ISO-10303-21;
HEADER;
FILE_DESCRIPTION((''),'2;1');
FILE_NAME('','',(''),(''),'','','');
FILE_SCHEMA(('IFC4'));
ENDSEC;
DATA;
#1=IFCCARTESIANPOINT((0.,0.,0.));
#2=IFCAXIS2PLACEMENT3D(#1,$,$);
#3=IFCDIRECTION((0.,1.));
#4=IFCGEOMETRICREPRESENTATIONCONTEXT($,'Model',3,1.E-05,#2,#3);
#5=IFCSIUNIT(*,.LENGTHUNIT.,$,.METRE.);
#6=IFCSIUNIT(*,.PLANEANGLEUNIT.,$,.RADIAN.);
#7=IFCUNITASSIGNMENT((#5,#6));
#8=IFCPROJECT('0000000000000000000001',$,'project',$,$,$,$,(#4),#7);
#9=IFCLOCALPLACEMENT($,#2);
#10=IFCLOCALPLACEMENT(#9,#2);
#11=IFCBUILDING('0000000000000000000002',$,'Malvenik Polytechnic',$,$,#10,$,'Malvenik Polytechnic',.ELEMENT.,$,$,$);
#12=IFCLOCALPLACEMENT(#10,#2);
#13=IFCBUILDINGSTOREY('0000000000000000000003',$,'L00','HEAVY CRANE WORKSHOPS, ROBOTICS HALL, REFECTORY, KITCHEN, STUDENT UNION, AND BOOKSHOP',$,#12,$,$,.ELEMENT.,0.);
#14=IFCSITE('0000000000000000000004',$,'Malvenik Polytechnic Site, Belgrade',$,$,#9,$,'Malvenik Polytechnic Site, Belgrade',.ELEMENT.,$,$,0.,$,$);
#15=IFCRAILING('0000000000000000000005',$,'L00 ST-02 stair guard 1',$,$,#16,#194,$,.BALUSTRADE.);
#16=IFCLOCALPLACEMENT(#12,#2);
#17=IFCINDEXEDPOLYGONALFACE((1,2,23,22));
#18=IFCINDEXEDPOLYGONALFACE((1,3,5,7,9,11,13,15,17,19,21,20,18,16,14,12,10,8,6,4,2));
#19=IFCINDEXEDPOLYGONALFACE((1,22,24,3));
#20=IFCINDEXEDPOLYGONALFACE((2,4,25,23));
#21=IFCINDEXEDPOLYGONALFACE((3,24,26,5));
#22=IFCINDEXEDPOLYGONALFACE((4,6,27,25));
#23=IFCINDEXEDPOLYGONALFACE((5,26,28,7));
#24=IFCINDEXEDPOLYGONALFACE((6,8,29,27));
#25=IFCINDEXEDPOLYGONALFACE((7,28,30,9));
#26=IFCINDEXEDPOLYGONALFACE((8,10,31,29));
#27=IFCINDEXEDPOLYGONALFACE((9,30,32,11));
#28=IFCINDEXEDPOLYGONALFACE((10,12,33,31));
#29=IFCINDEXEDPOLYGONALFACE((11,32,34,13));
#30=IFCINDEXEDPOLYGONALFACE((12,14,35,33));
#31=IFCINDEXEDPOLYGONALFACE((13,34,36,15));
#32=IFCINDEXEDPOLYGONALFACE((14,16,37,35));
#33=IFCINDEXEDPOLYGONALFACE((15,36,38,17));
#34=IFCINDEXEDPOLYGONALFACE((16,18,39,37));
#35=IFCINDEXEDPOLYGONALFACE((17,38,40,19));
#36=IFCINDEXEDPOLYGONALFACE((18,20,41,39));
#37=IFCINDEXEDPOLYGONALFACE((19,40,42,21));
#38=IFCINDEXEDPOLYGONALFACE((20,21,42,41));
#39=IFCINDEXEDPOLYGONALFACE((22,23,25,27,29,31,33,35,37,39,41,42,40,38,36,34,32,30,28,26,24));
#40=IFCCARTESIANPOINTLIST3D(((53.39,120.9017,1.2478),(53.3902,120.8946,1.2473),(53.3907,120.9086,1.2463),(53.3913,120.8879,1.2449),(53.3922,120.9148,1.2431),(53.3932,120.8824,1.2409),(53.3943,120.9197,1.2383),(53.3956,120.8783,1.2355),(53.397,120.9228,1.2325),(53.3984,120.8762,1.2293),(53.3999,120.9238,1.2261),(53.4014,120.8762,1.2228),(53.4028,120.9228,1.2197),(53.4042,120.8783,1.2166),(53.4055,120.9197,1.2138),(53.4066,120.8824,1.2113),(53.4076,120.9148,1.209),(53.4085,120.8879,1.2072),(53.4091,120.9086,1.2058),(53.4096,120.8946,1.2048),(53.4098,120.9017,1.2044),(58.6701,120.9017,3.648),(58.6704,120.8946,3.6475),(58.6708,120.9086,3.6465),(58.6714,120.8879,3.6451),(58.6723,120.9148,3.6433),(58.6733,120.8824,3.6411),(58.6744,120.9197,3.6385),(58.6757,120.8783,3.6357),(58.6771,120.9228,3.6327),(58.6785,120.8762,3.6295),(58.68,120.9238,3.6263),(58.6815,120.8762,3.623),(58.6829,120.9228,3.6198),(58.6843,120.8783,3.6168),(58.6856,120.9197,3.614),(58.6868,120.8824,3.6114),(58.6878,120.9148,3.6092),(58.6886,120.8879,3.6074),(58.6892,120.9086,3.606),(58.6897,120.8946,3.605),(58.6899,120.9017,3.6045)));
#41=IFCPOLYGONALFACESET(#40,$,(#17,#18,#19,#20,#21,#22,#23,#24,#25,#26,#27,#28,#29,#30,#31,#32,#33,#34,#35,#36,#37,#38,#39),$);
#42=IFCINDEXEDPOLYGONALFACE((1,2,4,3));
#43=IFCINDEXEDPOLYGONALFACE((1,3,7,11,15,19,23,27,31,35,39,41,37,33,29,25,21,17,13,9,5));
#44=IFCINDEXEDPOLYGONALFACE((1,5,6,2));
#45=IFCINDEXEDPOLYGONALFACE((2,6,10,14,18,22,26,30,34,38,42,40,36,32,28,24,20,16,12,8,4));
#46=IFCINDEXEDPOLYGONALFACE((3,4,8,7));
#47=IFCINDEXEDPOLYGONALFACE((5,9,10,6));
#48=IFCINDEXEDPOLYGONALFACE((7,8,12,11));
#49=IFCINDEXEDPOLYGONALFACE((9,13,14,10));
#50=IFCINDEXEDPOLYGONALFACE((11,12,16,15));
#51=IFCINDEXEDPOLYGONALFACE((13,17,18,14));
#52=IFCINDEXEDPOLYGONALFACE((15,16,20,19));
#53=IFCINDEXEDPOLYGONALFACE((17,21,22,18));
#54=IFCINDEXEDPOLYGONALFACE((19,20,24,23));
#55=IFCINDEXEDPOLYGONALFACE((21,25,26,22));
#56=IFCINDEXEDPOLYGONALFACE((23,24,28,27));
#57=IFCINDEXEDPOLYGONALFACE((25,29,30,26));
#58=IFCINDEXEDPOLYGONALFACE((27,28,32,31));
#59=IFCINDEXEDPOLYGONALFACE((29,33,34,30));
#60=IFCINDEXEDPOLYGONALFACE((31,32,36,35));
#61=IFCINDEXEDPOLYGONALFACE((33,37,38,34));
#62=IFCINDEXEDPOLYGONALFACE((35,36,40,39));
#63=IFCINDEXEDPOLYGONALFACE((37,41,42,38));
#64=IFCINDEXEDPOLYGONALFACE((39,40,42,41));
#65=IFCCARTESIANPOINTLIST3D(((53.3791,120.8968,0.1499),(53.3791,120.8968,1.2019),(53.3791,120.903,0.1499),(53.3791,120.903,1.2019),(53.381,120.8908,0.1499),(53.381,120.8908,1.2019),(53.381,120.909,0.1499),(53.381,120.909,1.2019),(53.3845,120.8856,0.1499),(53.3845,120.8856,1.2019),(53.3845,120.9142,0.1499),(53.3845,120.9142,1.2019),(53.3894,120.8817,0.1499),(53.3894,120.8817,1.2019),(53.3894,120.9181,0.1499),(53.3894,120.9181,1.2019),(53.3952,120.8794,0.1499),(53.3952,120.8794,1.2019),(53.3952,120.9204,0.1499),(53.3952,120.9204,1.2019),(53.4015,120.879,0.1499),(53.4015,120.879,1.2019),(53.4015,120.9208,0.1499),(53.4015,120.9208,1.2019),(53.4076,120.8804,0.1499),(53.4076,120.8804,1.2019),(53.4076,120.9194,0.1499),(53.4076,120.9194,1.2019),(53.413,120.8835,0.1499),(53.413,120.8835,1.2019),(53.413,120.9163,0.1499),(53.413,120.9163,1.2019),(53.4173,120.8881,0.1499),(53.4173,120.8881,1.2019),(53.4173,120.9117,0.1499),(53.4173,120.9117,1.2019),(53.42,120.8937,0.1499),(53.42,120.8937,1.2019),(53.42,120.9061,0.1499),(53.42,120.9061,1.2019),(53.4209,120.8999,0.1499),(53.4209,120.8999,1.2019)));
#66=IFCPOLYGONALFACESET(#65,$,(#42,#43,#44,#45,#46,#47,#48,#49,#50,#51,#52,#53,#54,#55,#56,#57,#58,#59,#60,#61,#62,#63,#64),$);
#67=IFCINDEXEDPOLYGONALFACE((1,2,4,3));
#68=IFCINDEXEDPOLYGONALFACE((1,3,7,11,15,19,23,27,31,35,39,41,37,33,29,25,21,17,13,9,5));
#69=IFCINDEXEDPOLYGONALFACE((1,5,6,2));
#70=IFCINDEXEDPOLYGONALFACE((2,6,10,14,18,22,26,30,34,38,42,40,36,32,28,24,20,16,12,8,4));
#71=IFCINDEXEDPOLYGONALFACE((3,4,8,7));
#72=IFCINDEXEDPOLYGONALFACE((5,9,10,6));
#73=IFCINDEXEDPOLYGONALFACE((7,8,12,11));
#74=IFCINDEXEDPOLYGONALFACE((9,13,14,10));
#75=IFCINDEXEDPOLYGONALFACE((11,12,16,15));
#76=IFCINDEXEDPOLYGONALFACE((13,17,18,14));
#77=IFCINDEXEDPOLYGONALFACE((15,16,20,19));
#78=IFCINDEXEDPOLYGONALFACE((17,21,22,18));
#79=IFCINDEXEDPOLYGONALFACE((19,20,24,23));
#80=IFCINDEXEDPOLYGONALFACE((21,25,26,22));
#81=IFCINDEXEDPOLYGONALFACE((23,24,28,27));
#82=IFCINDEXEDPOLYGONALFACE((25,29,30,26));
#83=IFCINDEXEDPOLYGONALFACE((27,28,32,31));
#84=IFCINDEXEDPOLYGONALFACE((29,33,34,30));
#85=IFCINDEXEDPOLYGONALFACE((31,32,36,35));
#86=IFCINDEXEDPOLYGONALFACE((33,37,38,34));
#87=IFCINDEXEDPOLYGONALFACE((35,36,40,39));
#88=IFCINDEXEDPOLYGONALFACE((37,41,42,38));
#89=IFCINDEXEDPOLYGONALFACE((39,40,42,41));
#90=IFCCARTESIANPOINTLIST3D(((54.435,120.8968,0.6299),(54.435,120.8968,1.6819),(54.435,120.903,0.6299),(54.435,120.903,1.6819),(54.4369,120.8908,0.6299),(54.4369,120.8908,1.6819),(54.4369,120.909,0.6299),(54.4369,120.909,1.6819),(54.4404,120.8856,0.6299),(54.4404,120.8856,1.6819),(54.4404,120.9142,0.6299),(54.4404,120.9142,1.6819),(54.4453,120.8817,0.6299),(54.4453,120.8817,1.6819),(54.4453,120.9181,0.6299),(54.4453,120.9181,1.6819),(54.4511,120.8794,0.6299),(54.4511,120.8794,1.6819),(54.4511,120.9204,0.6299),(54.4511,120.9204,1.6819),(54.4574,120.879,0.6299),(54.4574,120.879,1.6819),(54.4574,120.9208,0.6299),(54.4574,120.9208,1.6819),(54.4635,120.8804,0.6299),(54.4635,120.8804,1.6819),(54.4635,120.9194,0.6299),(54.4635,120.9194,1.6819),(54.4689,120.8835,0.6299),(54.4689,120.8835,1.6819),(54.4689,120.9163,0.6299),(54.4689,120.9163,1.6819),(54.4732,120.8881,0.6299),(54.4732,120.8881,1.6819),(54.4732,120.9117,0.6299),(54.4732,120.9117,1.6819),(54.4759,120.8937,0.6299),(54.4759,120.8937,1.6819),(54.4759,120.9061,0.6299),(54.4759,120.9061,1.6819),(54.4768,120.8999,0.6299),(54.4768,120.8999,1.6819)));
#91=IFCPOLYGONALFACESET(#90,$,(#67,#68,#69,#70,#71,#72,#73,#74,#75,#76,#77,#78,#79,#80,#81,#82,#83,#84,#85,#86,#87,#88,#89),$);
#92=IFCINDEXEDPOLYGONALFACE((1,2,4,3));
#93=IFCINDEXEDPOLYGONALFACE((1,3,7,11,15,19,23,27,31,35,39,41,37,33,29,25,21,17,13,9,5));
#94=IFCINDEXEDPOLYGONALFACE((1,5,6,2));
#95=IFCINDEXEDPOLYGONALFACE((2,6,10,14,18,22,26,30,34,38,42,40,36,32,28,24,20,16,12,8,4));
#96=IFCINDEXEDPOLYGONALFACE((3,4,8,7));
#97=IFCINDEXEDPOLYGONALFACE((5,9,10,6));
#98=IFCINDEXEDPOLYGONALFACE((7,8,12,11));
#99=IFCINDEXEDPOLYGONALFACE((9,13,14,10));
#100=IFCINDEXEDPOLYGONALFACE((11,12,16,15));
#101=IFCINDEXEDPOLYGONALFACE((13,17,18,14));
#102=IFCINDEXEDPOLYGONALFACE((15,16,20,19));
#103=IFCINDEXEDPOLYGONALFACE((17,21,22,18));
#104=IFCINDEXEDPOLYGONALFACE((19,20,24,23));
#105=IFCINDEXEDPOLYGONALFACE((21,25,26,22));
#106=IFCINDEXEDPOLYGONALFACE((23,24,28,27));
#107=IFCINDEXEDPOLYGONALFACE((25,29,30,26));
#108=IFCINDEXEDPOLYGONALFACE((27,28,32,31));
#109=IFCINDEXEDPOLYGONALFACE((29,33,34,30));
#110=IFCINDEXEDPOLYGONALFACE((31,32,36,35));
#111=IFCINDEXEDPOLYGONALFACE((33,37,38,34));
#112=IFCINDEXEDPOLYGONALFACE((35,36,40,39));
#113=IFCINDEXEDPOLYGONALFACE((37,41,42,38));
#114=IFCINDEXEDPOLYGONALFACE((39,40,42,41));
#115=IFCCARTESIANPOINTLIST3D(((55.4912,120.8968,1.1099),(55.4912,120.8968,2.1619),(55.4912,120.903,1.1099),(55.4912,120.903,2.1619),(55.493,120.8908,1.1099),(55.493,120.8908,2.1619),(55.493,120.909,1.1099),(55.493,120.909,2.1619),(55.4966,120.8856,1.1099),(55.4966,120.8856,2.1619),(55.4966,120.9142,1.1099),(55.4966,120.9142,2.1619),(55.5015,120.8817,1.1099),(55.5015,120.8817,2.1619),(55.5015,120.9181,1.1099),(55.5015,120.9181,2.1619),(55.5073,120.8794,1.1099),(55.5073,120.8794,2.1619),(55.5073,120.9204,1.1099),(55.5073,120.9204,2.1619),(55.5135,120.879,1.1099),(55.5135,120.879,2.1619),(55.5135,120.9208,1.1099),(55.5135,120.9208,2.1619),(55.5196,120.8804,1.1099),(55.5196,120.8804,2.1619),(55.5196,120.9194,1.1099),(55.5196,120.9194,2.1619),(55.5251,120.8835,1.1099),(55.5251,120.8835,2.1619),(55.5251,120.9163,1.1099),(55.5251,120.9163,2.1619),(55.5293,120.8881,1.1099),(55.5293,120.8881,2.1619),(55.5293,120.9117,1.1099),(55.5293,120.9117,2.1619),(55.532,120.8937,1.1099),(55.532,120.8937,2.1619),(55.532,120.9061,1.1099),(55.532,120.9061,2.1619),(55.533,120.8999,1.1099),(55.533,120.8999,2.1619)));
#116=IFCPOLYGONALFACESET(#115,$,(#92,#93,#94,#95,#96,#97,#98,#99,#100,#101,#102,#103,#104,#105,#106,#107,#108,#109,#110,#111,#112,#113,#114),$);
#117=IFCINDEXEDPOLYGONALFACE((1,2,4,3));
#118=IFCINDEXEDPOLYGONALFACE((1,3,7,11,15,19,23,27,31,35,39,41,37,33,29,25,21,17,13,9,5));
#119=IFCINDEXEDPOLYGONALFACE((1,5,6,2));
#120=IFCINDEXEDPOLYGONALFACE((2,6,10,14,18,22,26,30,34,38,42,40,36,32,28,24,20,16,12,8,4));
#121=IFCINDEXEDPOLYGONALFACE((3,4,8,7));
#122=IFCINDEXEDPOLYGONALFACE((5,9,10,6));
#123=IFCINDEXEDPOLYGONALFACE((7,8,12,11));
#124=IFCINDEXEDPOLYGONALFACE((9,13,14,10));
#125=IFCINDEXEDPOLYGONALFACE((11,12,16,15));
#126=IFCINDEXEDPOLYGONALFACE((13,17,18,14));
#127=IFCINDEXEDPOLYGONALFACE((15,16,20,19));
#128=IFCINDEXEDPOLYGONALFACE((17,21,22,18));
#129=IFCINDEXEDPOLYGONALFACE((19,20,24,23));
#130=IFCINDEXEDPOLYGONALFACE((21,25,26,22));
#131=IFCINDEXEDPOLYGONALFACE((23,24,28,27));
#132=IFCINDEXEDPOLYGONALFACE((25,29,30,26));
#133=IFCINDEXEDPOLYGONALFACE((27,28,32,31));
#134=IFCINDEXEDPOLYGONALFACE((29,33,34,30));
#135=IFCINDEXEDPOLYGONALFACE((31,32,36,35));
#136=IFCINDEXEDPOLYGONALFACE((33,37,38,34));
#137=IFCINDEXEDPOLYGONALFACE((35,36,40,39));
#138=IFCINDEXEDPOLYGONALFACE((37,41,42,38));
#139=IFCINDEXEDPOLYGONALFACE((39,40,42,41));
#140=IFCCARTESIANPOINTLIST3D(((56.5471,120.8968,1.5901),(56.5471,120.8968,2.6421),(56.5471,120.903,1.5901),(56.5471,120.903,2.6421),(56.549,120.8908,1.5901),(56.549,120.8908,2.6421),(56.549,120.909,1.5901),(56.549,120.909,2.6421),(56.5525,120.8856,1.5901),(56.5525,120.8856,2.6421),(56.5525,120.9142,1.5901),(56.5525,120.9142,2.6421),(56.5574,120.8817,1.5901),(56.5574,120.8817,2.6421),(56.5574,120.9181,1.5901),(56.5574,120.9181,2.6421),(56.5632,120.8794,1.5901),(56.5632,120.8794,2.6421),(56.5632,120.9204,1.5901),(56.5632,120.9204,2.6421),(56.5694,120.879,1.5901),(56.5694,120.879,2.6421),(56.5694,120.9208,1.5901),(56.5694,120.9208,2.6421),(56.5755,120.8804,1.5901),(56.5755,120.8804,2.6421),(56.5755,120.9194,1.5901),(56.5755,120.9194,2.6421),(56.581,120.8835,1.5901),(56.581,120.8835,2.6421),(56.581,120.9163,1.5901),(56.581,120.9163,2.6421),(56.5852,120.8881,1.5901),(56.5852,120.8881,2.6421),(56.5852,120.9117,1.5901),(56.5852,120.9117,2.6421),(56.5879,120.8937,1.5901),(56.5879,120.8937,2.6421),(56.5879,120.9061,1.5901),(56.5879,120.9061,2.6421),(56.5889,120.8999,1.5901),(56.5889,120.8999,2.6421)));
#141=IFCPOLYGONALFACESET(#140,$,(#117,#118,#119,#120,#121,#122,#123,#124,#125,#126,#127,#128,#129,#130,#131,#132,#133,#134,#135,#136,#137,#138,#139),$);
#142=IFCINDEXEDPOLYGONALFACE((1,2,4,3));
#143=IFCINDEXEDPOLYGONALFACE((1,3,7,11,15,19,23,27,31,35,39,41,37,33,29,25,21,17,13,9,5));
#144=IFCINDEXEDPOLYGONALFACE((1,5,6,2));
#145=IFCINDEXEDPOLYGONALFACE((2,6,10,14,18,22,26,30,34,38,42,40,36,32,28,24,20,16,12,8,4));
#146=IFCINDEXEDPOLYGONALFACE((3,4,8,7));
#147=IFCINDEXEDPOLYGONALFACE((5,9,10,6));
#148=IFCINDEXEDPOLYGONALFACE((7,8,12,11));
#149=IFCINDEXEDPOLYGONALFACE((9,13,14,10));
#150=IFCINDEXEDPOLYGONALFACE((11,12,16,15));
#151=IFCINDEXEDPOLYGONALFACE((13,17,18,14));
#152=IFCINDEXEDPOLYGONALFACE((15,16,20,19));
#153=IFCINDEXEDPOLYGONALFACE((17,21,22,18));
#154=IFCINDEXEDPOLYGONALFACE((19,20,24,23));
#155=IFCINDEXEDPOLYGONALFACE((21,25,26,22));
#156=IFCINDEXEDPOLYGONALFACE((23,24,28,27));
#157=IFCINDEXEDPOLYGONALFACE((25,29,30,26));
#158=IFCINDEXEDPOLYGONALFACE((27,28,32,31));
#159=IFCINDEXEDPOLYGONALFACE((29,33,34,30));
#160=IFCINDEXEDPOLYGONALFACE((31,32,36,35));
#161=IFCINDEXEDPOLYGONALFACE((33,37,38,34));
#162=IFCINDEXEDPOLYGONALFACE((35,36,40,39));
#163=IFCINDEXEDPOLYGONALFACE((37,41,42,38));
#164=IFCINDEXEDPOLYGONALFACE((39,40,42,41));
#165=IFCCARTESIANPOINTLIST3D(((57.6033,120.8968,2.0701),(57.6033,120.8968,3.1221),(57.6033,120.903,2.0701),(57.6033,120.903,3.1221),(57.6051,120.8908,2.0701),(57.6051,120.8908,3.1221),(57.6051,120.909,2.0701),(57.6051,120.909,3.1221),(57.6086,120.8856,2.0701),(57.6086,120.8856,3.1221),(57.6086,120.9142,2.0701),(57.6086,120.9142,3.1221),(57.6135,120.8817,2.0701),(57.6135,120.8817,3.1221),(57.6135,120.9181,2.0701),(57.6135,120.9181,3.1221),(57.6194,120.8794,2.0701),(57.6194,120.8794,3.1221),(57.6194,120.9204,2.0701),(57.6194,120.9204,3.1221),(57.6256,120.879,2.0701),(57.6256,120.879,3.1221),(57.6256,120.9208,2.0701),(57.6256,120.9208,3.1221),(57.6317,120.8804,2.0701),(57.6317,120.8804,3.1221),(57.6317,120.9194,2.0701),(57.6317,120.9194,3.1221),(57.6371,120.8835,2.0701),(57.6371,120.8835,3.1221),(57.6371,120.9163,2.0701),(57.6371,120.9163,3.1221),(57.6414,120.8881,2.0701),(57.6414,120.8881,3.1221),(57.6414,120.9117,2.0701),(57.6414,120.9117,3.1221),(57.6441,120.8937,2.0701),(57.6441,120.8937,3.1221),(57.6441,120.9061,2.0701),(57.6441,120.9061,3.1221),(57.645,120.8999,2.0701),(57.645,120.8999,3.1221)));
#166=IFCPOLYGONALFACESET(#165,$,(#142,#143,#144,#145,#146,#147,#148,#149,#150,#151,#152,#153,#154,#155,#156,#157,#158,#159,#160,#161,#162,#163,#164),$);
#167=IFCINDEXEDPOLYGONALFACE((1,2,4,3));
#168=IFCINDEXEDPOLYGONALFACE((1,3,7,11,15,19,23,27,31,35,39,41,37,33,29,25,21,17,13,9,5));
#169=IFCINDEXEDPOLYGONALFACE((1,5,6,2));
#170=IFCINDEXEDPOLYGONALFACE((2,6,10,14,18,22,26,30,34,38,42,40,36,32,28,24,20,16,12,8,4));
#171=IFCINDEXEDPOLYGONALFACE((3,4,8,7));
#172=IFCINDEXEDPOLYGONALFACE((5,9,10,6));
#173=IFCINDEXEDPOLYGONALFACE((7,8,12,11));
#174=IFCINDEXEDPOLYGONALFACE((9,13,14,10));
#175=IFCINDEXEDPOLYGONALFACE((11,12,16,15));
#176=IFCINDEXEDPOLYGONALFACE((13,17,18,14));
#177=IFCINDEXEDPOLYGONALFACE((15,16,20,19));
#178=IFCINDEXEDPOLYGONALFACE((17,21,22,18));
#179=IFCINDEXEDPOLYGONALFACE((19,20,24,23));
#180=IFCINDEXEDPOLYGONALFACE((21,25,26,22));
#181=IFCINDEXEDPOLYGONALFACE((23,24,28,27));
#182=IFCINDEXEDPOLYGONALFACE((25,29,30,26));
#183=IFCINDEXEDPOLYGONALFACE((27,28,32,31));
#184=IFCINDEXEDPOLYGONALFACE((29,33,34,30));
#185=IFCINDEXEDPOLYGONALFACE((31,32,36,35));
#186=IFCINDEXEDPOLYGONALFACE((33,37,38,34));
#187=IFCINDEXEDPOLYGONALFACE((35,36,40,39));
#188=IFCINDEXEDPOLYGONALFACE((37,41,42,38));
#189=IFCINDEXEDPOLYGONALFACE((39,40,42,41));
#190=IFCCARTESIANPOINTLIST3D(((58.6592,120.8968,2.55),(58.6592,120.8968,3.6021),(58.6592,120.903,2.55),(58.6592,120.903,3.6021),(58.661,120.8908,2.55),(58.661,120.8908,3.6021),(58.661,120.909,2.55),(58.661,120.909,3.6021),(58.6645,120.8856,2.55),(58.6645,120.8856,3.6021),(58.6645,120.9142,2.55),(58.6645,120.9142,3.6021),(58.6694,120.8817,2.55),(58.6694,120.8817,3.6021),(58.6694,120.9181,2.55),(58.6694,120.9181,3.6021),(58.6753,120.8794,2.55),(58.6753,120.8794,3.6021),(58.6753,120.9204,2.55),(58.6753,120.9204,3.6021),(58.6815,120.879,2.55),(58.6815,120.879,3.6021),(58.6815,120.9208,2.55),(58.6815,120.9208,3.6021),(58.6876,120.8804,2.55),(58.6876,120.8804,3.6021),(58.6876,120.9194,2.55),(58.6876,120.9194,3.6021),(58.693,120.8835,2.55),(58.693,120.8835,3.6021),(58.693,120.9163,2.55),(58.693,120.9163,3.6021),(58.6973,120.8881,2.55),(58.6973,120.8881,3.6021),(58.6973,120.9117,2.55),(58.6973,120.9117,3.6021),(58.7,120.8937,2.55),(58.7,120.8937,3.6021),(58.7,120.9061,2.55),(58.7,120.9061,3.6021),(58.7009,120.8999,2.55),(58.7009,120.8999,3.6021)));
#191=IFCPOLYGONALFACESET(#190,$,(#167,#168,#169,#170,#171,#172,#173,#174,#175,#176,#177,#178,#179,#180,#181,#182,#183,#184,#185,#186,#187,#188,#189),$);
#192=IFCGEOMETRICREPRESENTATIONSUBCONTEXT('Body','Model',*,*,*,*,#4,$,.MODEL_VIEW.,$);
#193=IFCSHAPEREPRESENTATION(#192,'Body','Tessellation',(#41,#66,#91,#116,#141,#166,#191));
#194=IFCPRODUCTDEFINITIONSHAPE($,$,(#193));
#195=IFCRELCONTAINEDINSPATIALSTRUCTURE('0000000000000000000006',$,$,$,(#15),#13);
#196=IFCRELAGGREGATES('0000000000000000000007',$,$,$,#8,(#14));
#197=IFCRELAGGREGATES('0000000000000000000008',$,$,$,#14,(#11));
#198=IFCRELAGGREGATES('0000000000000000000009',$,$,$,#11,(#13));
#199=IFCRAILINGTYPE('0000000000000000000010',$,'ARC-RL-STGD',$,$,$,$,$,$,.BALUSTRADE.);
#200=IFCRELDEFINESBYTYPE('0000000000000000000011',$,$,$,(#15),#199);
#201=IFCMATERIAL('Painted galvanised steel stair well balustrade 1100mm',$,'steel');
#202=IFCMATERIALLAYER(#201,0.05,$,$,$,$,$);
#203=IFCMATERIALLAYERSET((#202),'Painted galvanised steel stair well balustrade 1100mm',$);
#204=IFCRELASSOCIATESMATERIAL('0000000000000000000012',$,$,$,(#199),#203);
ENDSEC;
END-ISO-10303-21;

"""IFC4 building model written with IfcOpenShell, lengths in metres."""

from ifc_helpers import new_model, si_unit, direction, frame, origin, origin_2d, place, context, subcontext, project, spatial, circle, extrude, material, layer, layer_set, type_object, element, save


model = new_model("IFC4")

# Units and contexts
model_context = context("Model", 3, precision=1e-05, world=origin(), true_north=direction((0.0, 1.0)))
body_context = subcontext(model_context, "Body", "Model", "MODEL_VIEW")
ifc_project = project(units=[si_unit("LENGTHUNIT", "METRE"), si_unit("PLANEANGLEUNIT", "RADIAN")], contexts=[model_context])

# Site, building, storey
site_placement = place(None, origin())
site = spatial("IfcSite", under=ifc_project, at=site_placement, Name="Malvenik Polytechnic Site, Belgrade", LongName="Malvenik Polytechnic Site, Belgrade", CompositionType="ELEMENT", RefElevation=0.0)
building_placement = place(site_placement, origin())
building = spatial("IfcBuilding", under=site, at=building_placement, Name="Malvenik Polytechnic", LongName="Malvenik Polytechnic", CompositionType="ELEMENT")
storey_placement = place(building_placement, origin())
storey = spatial("IfcBuildingStorey", under=building, at=storey_placement, Name="L00", Description="HEAVY CRANE WORKSHOPS, ROBOTICS HALL, REFECTORY, KITCHEN, STUDENT UNION, AND BOOKSHOP", CompositionType="ELEMENT", Elevation=0.0)

# Railing
ifc_material_1 = material(Name="Painted galvanised steel stair well balustrade 1100mm", Category="steel")
ifc_layer_1 = layer(ifc_material_1, 0.05)
ifc_layer_set_1 = layer_set([ifc_layer_1], Name="Painted galvanised steel stair well balustrade 1100mm")
railing_type_1 = type_object("IfcRailingType", Name="ARC-RL-STGD", PredefinedType="BALUSTRADE", material=ifc_layer_set_1)
railing_1_placement = place(storey_placement, frame((53.3999, 120.8999, 0.1499)))
element("IfcRailing", 1, at=railing_1_placement, inside=storey, type_object=railing_type_1, Name="L00 ST-02 stair guard 1", PredefinedType="BALUSTRADE", context=body_context, shape_type="SweptSolid", body=[
    extrude(circle(Radius=0.0239, at=origin_2d()), frame((0.0, 0.0, 1.0762), z_axis=(0.910358, 0.0, 0.413822), x_axis=(0.0, 1.0, 0.0)), (0.0, 0.0, 1.0), 5.8),
    extrude(circle(Radius=0.021, at=origin_2d()), origin(), (0.0, 0.0, 1.0), 1.052),
    extrude(circle(Radius=0.021, at=origin_2d()), frame((1.0559, 0.0, 0.48)), (0.0, 0.0, 1.0), 1.052),
    extrude(circle(Radius=0.021, at=origin_2d()), frame((2.1121, 0.0, 0.96)), (0.0, 0.0, 1.0), 1.052),
    extrude(circle(Radius=0.021, at=origin_2d()), frame((3.168, 0.0, 1.4402)), (0.0, 0.0, 1.0), 1.052),
    extrude(circle(Radius=0.021, at=origin_2d()), frame((4.2241, 0.0, 1.9202)), (0.0, 0.0, 1.0), 1.052),
    extrude(circle(Radius=0.021, at=origin_2d()), frame((5.28, 0.0, 2.4001)), (0.0, 0.0, 1.0), 1.052),
])

save(model, "model.ifc")
